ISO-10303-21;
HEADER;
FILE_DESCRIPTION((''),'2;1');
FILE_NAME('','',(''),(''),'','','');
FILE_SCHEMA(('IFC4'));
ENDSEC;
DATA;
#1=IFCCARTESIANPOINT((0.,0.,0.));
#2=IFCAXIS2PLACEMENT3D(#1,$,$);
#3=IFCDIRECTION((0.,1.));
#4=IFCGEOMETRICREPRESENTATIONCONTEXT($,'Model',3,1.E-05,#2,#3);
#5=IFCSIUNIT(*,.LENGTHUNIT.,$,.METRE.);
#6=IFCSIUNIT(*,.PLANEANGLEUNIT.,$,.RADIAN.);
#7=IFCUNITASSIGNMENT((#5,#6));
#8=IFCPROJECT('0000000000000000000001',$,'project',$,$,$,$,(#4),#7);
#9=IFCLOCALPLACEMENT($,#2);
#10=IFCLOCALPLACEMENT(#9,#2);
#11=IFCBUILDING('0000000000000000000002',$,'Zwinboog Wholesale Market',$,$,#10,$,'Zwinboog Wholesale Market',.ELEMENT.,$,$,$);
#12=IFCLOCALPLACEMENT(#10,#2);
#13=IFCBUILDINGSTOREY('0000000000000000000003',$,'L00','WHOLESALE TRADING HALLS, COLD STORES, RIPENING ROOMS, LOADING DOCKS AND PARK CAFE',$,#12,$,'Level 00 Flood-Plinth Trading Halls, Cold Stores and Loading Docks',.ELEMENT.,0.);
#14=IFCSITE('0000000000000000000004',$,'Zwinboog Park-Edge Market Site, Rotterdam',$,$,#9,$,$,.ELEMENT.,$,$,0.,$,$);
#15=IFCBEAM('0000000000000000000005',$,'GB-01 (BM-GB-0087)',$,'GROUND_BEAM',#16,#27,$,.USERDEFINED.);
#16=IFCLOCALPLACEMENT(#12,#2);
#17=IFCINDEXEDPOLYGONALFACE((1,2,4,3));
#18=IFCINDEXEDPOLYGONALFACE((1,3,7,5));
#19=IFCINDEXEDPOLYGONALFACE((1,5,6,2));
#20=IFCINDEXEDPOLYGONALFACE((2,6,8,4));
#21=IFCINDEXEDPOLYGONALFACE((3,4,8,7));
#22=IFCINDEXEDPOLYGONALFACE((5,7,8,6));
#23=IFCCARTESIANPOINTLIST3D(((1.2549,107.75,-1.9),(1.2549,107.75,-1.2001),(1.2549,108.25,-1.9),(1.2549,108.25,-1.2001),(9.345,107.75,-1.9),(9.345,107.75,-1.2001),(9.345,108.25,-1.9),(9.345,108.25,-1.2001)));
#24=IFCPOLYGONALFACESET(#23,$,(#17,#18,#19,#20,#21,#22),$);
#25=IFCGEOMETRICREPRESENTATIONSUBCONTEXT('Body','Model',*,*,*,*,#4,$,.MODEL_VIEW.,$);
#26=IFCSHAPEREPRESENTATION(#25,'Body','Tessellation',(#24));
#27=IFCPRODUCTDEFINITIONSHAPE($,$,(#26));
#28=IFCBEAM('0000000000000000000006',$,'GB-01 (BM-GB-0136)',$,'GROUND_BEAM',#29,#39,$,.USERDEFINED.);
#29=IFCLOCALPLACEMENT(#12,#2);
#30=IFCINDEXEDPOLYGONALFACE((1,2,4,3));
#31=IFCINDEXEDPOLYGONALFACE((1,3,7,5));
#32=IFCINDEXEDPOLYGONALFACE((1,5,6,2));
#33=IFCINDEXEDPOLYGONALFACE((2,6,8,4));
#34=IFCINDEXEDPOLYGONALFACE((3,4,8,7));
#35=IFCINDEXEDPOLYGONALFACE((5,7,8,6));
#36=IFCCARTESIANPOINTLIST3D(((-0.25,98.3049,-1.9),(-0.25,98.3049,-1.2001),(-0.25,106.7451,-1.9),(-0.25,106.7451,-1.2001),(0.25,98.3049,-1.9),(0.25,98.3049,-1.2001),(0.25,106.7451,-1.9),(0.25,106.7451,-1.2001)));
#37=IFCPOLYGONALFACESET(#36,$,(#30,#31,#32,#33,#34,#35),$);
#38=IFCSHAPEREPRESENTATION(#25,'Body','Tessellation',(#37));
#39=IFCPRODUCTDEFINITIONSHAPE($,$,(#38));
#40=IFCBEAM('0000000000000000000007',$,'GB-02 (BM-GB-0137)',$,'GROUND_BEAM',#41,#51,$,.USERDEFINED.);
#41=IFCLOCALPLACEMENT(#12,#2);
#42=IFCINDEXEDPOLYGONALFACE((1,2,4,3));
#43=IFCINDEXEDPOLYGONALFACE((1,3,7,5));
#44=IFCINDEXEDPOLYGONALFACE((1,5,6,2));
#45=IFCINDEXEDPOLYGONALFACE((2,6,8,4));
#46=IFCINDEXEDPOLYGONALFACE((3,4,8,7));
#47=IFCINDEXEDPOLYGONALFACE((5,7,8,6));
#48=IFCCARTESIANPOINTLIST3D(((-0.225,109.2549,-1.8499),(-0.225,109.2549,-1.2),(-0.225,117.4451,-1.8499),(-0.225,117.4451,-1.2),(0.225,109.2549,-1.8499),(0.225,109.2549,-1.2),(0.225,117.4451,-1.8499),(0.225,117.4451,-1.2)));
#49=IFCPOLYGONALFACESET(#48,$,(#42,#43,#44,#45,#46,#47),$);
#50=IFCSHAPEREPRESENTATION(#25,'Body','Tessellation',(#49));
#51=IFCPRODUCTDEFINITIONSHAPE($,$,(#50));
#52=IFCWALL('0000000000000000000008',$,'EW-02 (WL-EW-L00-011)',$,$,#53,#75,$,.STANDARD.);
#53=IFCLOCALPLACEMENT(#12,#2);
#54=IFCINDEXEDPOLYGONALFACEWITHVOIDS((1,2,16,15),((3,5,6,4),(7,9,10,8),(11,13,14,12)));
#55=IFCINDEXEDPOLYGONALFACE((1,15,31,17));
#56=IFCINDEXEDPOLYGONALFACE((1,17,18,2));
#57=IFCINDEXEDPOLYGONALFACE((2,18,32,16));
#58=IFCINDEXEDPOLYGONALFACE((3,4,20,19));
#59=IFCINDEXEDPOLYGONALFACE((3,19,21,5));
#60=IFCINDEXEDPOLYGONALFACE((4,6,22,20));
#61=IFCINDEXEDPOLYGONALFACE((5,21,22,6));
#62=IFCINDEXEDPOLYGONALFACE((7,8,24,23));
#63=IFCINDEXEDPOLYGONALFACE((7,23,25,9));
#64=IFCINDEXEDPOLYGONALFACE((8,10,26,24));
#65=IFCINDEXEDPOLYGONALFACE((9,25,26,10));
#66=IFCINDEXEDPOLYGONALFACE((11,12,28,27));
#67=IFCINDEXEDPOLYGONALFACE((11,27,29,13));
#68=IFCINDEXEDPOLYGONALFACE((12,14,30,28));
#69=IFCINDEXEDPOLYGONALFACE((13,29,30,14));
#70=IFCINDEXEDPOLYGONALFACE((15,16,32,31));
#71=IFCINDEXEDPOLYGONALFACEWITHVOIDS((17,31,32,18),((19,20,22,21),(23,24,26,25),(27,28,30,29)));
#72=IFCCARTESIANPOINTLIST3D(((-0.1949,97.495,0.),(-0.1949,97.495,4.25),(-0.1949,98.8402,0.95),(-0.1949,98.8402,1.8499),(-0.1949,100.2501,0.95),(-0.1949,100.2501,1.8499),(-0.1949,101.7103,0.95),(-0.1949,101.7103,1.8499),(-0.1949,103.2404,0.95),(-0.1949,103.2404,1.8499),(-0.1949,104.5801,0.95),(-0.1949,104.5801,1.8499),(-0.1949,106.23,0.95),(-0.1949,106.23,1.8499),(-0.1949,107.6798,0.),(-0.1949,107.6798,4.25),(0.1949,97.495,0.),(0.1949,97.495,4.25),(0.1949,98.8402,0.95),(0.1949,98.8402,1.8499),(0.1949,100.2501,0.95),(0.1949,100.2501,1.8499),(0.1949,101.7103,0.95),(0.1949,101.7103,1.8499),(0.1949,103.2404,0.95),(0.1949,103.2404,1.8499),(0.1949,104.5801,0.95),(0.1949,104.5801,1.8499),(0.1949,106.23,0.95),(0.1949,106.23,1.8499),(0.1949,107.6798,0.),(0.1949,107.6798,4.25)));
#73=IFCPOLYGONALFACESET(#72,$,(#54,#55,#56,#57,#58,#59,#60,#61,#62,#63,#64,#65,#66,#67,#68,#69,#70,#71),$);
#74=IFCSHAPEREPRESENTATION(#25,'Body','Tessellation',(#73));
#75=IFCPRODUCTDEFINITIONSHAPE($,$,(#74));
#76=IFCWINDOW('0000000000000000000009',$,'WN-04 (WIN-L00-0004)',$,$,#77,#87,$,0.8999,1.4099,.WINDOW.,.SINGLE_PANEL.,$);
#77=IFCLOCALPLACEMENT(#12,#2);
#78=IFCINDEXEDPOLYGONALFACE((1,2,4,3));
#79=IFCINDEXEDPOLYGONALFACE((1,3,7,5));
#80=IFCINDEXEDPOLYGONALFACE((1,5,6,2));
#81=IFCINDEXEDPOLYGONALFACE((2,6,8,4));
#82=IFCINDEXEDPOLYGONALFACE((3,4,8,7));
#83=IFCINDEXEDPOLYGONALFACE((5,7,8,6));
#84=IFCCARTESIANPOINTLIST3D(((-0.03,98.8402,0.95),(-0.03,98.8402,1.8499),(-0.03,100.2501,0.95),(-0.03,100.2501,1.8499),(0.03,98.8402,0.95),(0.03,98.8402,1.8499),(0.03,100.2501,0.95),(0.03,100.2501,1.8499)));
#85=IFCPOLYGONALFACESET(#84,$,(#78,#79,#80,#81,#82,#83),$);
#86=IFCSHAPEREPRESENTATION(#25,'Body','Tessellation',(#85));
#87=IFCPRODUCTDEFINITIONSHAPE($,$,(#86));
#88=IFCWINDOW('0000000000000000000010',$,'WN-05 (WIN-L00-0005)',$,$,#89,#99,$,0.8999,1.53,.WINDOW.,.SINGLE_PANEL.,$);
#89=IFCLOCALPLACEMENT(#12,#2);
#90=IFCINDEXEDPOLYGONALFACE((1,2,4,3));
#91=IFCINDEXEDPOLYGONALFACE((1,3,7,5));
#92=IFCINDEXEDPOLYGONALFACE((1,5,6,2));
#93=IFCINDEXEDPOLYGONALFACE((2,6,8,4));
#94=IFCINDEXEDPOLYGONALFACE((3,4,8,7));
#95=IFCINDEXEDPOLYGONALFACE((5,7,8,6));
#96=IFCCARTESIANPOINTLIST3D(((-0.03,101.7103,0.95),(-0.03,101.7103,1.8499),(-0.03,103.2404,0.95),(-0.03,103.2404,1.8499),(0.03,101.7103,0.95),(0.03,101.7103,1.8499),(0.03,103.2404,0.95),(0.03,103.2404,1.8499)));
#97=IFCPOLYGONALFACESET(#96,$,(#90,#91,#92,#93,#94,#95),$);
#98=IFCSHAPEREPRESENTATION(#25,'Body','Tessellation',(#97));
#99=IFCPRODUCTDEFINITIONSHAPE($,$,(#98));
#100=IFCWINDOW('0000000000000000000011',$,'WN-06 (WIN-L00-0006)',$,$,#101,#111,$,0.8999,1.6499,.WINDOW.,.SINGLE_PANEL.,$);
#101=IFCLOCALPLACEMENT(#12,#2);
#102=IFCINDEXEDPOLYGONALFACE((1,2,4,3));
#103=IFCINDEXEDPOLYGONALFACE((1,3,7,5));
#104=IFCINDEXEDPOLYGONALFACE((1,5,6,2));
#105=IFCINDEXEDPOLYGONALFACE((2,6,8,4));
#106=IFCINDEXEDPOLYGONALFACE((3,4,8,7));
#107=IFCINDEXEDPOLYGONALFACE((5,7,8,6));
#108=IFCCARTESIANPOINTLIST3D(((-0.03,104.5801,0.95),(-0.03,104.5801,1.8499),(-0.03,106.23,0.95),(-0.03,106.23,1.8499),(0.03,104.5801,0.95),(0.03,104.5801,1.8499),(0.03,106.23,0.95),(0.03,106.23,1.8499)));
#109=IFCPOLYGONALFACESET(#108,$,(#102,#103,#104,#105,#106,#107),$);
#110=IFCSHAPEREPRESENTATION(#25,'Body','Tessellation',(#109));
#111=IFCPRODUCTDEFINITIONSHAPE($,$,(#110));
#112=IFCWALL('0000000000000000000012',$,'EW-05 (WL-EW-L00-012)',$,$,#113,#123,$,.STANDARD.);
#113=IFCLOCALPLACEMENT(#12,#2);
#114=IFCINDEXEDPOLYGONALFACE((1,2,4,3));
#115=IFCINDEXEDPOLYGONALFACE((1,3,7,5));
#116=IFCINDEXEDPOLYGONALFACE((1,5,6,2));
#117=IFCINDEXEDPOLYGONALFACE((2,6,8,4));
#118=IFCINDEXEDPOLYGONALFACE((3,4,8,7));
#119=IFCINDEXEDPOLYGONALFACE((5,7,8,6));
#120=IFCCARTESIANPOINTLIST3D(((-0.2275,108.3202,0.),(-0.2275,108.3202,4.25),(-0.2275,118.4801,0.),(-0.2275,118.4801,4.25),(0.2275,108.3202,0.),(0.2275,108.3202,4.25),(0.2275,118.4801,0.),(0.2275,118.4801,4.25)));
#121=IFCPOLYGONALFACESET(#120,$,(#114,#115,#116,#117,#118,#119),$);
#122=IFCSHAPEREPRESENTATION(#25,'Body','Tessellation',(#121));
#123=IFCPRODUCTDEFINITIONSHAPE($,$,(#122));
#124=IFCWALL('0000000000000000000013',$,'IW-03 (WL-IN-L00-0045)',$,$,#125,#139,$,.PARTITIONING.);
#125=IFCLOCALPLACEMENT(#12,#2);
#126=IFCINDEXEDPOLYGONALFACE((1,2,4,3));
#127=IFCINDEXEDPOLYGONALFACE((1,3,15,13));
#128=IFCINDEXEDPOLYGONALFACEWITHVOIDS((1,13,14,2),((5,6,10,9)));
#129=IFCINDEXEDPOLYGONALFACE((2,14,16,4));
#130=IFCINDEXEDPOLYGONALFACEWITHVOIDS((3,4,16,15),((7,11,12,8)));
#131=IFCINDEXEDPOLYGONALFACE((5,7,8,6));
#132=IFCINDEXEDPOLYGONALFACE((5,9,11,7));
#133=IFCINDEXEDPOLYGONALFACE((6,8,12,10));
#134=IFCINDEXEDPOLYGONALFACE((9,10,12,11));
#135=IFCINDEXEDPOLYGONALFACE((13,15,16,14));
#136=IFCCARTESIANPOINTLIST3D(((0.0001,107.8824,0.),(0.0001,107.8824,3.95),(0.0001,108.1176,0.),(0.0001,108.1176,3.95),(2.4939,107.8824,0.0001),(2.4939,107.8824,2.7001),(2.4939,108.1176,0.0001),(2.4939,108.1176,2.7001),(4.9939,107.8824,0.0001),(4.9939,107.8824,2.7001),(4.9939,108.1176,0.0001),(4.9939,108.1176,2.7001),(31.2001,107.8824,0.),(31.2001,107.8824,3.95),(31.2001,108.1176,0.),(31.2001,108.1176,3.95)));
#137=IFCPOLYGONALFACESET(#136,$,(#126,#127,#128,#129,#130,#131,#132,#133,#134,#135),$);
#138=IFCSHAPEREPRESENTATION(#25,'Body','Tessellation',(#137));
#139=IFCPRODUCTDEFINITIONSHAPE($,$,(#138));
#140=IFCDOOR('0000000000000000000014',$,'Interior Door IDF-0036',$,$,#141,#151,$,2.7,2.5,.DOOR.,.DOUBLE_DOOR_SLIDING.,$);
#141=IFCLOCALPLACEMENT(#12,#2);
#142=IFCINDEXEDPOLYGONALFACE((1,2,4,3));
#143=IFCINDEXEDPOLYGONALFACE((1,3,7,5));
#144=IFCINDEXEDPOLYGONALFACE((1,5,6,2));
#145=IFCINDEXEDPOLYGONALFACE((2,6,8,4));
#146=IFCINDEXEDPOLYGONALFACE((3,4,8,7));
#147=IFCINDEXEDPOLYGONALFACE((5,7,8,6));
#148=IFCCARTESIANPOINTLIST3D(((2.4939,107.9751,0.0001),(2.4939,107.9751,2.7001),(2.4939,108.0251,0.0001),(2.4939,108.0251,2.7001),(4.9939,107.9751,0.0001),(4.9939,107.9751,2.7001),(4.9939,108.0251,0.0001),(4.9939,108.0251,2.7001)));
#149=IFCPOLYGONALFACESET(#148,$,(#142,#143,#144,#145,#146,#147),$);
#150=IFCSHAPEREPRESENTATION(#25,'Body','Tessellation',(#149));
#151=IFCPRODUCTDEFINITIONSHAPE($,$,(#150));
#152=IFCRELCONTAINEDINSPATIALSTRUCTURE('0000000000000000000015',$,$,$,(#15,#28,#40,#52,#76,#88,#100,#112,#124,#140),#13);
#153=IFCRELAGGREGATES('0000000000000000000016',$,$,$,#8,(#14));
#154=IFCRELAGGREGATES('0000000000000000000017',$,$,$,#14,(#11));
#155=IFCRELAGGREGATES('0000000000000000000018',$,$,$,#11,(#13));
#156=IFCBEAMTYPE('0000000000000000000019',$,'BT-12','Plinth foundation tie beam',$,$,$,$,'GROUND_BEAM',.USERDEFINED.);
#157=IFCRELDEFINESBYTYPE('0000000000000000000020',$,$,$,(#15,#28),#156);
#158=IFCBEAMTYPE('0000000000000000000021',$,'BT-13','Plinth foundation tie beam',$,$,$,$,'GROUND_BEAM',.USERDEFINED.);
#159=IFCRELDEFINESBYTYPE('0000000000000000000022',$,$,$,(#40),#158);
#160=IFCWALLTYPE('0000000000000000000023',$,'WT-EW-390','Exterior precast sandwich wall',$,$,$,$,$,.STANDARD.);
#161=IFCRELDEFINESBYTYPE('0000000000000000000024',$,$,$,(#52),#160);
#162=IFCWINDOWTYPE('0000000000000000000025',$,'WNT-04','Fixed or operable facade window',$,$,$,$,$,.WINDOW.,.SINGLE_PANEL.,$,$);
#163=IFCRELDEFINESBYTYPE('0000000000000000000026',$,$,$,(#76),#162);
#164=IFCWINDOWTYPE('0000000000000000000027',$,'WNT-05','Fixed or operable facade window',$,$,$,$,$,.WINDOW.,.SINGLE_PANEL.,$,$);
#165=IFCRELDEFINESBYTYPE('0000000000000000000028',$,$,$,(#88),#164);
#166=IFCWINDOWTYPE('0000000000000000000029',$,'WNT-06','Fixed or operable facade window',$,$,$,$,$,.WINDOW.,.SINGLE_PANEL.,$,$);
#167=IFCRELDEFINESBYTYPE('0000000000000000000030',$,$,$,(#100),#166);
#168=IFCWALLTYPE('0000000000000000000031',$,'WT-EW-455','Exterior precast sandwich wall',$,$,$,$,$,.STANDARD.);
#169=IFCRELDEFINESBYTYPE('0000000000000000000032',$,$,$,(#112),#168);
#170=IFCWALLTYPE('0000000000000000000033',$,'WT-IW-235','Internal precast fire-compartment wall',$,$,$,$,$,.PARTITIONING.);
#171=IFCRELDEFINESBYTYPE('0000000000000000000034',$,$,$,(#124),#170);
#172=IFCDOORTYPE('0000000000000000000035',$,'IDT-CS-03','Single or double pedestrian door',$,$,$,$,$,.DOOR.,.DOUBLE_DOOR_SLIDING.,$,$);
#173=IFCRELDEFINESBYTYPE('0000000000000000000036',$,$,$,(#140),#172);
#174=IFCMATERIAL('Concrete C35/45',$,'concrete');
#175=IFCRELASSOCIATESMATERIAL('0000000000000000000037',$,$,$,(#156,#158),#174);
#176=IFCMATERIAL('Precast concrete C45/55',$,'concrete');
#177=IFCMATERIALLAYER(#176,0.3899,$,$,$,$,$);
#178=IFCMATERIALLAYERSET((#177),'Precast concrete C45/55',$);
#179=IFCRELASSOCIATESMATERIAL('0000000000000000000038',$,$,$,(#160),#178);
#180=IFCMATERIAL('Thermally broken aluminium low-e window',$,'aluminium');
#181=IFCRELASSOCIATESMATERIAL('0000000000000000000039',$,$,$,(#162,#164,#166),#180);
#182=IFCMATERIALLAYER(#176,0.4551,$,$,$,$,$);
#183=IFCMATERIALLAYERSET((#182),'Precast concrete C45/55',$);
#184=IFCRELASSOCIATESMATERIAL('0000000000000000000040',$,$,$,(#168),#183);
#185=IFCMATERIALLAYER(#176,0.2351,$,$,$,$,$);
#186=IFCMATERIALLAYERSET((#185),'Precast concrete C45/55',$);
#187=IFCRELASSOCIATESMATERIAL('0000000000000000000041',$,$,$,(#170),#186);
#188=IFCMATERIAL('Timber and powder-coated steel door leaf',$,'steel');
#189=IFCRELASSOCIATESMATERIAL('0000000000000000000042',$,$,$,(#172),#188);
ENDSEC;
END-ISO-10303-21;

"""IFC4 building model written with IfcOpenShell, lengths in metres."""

from ifc_helpers import new_model, si_unit, direction, frame, frame_2d, origin, origin_2d, place, context, subcontext, project, spatial, rectangle, extrude, material, layer, layer_set, material_profile, profile_set, type_object, element, fill, save


model = new_model("IFC4")

# Units and contexts
model_context = context("Model", 3, precision=1e-05, world=origin(), true_north=direction((0.0, 1.0)))
body_context = subcontext(model_context, "Body", "Model", "MODEL_VIEW")
ifc_project = project(units=[si_unit("LENGTHUNIT", "METRE"), si_unit("PLANEANGLEUNIT", "RADIAN")], contexts=[model_context])

# Site, building, storey
site_placement = place(None, origin())
site = spatial("IfcSite", under=ifc_project, at=site_placement, Name="Zwinboog Park-Edge Market Site, Rotterdam", CompositionType="ELEMENT", RefElevation=0.0)
building_placement = place(site_placement, origin())
building = spatial("IfcBuilding", under=site, at=building_placement, Name="Zwinboog Wholesale Market", LongName="Zwinboog Wholesale Market", CompositionType="ELEMENT")
storey_placement = place(building_placement, origin())
storey = spatial("IfcBuildingStorey", under=building, at=storey_placement, Name="L00", Description="WHOLESALE TRADING HALLS, COLD STORES, RIPENING ROOMS, LOADING DOCKS AND PARK CAFE", LongName="Level 00 Flood-Plinth Trading Halls, Cold Stores and Loading Docks", CompositionType="ELEMENT", Elevation=0.0)

# Shared definitions
ifc_material_1 = material(Name="Concrete C35/45", Category="concrete")

# Shared definitions
ifc_material_2 = material(Name="Precast concrete C45/55", Category="concrete")

# Beams
ifc_material_profile_1 = material_profile(ifc_material_1, rectangle(XDim=0.5, YDim=0.7, at=origin_2d()), Name="RC 500x700")
ifc_profile_set_1 = profile_set([ifc_material_profile_1], Name="Concrete C35/45")
beam_type_1 = type_object("IfcBeamType", Name="BT-12", Description="Plinth foundation tie beam", ElementType="GROUND_BEAM", PredefinedType="USERDEFINED", material=ifc_profile_set_1)
beam_1_placement = place(storey_placement, frame((1.2549, 108.0, -1.55), z_axis=(1.0, 0.0, 0.0), x_axis=(0.0, 1.0, 0.0)))
element("IfcBeam", 1, at=beam_1_placement, inside=storey, type_object=beam_type_1, Name="GB-01 (BM-GB-0087)", ObjectType="GROUND_BEAM", PredefinedType="USERDEFINED", context=body_context, shape_type="SweptSolid", body=[
    extrude(rectangle(XDim=0.5, YDim=0.7, at=origin_2d()), origin(), (0.0, 0.0, 1.0), 8.0901),
])
beam_2_placement = place(storey_placement, frame((0.0, 98.3049, -1.55), z_axis=(0.0, 1.0, 0.0), x_axis=(-1.0, 0.0, 0.0)))
element("IfcBeam", 2, at=beam_2_placement, inside=storey, type_object=beam_type_1, Name="GB-01 (BM-GB-0136)", ObjectType="GROUND_BEAM", PredefinedType="USERDEFINED", context=body_context, shape_type="SweptSolid", body=[
    extrude(rectangle(XDim=0.5, YDim=0.7, at=origin_2d()), origin(), (0.0, 0.0, 1.0), 8.4402),
])
ifc_material_profile_2 = material_profile(ifc_material_1, rectangle(XDim=0.45, YDim=0.6499, at=origin_2d()), Name="RC 450x650")
ifc_profile_set_2 = profile_set([ifc_material_profile_2], Name="Concrete C35/45")
beam_type_2 = type_object("IfcBeamType", Name="BT-13", Description="Plinth foundation tie beam", ElementType="GROUND_BEAM", PredefinedType="USERDEFINED", material=ifc_profile_set_2)
beam_3_placement = place(storey_placement, frame((0.0, 109.2549, -1.5249), z_axis=(0.0, 1.0, 0.0), x_axis=(-1.0, 0.0, 0.0)))
element("IfcBeam", 3, at=beam_3_placement, inside=storey, type_object=beam_type_2, Name="GB-02 (BM-GB-0137)", ObjectType="GROUND_BEAM", PredefinedType="USERDEFINED", context=body_context, shape_type="SweptSolid", body=[
    extrude(rectangle(XDim=0.45, YDim=0.6499, at=origin_2d()), origin(), (0.0, 0.0, 1.0), 8.1902),
])

# Wall, openings, windows
ifc_layer_1 = layer(ifc_material_2, 0.3899)
ifc_layer_set_1 = layer_set([ifc_layer_1], Name="Precast concrete C45/55")
wall_type_1 = type_object("IfcWallType", Name="WT-EW-390", Description="Exterior precast sandwich wall", PredefinedType="STANDARD", material=ifc_layer_set_1)
wall_1_placement = place(storey_placement, frame((0.0, 97.4951, 0.0), z_axis=(0.0, 0.0, 1.0), x_axis=(0.0, 1.0, 0.0)))
wall_1 = element("IfcWall", 4, at=wall_1_placement, inside=storey, type_object=wall_type_1, Name="EW-02 (WL-EW-L00-011)", PredefinedType="STANDARD", context=body_context, shape_type="SweptSolid", body=[
    extrude(rectangle(XDim=10.1848, YDim=0.3899, at=frame_2d((5.0923, 0.0))), origin(), (0.0, 0.0, 1.0), 4.25),
])
opening_1_placement = place(wall_1_placement, frame((1.345, 0.0, 0.95)))
opening_1 = element("IfcOpeningElement", 5, at=opening_1_placement, cuts=wall_1, PredefinedType="OPENING", context=body_context, shape_type="SweptSolid", body=[
    extrude(rectangle(XDim=1.4099, YDim=0.8999, at=frame_2d((0.7051, 0.45))), frame((0.0, 0.2048, 0.0), z_axis=(0.0, -1.0, 0.0), x_axis=(1.0, 0.0, 0.0)), (0.0, 0.0, 1.0), 0.4099),
])
opening_2_placement = place(wall_1_placement, frame((4.2151, 0.0, 0.95)))
opening_2 = element("IfcOpeningElement", 6, at=opening_2_placement, cuts=wall_1, PredefinedType="OPENING", context=body_context, shape_type="SweptSolid", body=[
    extrude(rectangle(XDim=1.53, YDim=0.8999, at=frame_2d((0.7651, 0.45))), frame((0.0, 0.2048, 0.0), z_axis=(0.0, -1.0, 0.0), x_axis=(1.0, 0.0, 0.0)), (0.0, 0.0, 1.0), 0.4099),
])
opening_3_placement = place(wall_1_placement, frame((7.085, 0.0, 0.95)))
opening_3 = element("IfcOpeningElement", 7, at=opening_3_placement, cuts=wall_1, PredefinedType="OPENING", context=body_context, shape_type="SweptSolid", body=[
    extrude(rectangle(XDim=1.6499, YDim=0.8999, at=frame_2d((0.825, 0.45))), frame((0.0, 0.2048, 0.0), z_axis=(0.0, -1.0, 0.0), x_axis=(1.0, 0.0, 0.0)), (0.0, 0.0, 1.0), 0.4099),
])
ifc_material_3 = material(Name="Thermally broken aluminium low-e window", Category="aluminium")
window_type_1 = type_object("IfcWindowType", Name="WNT-04", Description="Fixed or operable facade window", PartitioningType="SINGLE_PANEL", PredefinedType="WINDOW", material=ifc_material_3)
window_1_placement = place(opening_1_placement, origin())
window_1 = element("IfcWindow", 8, at=window_1_placement, inside=storey, type_object=window_type_1, Name="WN-04 (WIN-L00-0004)", OverallHeight=0.8999, OverallWidth=1.4099, PartitioningType="SINGLE_PANEL", PredefinedType="WINDOW", context=body_context, shape_type="SweptSolid", body=[
    extrude(rectangle(XDim=1.4099, YDim=0.8999, at=frame_2d((0.7051, 0.45))), frame((0.0, 0.03, 0.0), z_axis=(0.0, -1.0, 0.0), x_axis=(1.0, 0.0, 0.0)), (0.0, 0.0, 1.0), 0.0601),
])
fill(opening_1, window_1)
window_type_2 = type_object("IfcWindowType", Name="WNT-05", Description="Fixed or operable facade window", PartitioningType="SINGLE_PANEL", PredefinedType="WINDOW", material=ifc_material_3)
window_2_placement = place(opening_2_placement, origin())
window_2 = element("IfcWindow", 9, at=window_2_placement, inside=storey, type_object=window_type_2, Name="WN-05 (WIN-L00-0005)", OverallHeight=0.8999, OverallWidth=1.53, PartitioningType="SINGLE_PANEL", PredefinedType="WINDOW", context=body_context, shape_type="SweptSolid", body=[
    extrude(rectangle(XDim=1.53, YDim=0.8999, at=frame_2d((0.7651, 0.45))), frame((0.0, 0.03, 0.0), z_axis=(0.0, -1.0, 0.0), x_axis=(1.0, 0.0, 0.0)), (0.0, 0.0, 1.0), 0.0601),
])
fill(opening_2, window_2)
window_type_3 = type_object("IfcWindowType", Name="WNT-06", Description="Fixed or operable facade window", PartitioningType="SINGLE_PANEL", PredefinedType="WINDOW", material=ifc_material_3)
window_3_placement = place(opening_3_placement, origin())
window_3 = element("IfcWindow", 10, at=window_3_placement, inside=storey, type_object=window_type_3, Name="WN-06 (WIN-L00-0006)", OverallHeight=0.8999, OverallWidth=1.6499, PartitioningType="SINGLE_PANEL", PredefinedType="WINDOW", context=body_context, shape_type="SweptSolid", body=[
    extrude(rectangle(XDim=1.6499, YDim=0.8999, at=frame_2d((0.825, 0.45))), frame((0.0, 0.03, 0.0), z_axis=(0.0, -1.0, 0.0), x_axis=(1.0, 0.0, 0.0)), (0.0, 0.0, 1.0), 0.0601),
])
fill(opening_3, window_3)

# Wall
ifc_layer_2 = layer(ifc_material_2, 0.4551)
ifc_layer_set_2 = layer_set([ifc_layer_2], Name="Precast concrete C45/55")
wall_type_2 = type_object("IfcWallType", Name="WT-EW-455", Description="Exterior precast sandwich wall", PredefinedType="STANDARD", material=ifc_layer_set_2)
wall_2_placement = place(storey_placement, frame((0.0, 108.3201, 0.0), z_axis=(0.0, 0.0, 1.0), x_axis=(0.0, 1.0, 0.0)))
element("IfcWall", 11, at=wall_2_placement, inside=storey, type_object=wall_type_2, Name="EW-05 (WL-EW-L00-012)", PredefinedType="STANDARD", context=body_context, shape_type="SweptSolid", body=[
    extrude(rectangle(XDim=10.1599, YDim=0.4551, at=frame_2d((5.0801, 0.0))), origin(), (0.0, 0.0, 1.0), 4.25),
])

# Wall, opening, door
ifc_layer_3 = layer(ifc_material_2, 0.2351)
ifc_layer_set_3 = layer_set([ifc_layer_3], Name="Precast concrete C45/55")
wall_type_3 = type_object("IfcWallType", Name="WT-IW-235", Description="Internal precast fire-compartment wall", PredefinedType="PARTITIONING", material=ifc_layer_set_3)
wall_3_placement = place(storey_placement, frame((0.0, 108.0, 0.0), z_axis=(0.0, 0.0, 1.0), x_axis=(1.0, 0.0, 0.0)))
wall_3 = element("IfcWall", 12, at=wall_3_placement, inside=storey, type_object=wall_type_3, Name="IW-03 (WL-IN-L00-0045)", PredefinedType="PARTITIONING", context=body_context, shape_type="SweptSolid", body=[
    extrude(rectangle(XDim=31.2, YDim=0.2351, at=frame_2d((15.6001, 0.0))), origin(), (0.0, 0.0, 1.0), 3.95),
])
opening_4_placement = place(wall_3_placement, frame((2.4939, 0.0, 0.0)))
opening_4 = element("IfcOpeningElement", 13, at=opening_4_placement, cuts=wall_3, PredefinedType="OPENING", context=body_context, shape_type="SweptSolid", body=[
    extrude(rectangle(XDim=2.5, YDim=2.7, at=frame_2d((1.25, 1.3501))), frame((0.0, 0.1274, 0.0), z_axis=(0.0, -1.0, 0.0), x_axis=(1.0, 0.0, 0.0)), (0.0, 0.0, 1.0), 0.2551),
])
ifc_material_4 = material(Name="Timber and powder-coated steel door leaf", Category="steel")
door_type = type_object("IfcDoorType", Name="IDT-CS-03", Description="Single or double pedestrian door", OperationType="DOUBLE_DOOR_SLIDING", PredefinedType="DOOR", material=ifc_material_4)
door_placement = place(opening_4_placement, frame((2.5, 0.0, 0.0), z_axis=(0.0, 0.0, 1.0), x_axis=(-1.0, 0.0, 0.0)))
door = element("IfcDoor", 14, at=door_placement, inside=storey, type_object=door_type, Name="Interior Door IDF-0036", OperationType="DOUBLE_DOOR_SLIDING", OverallHeight=2.7, OverallWidth=2.5, PredefinedType="DOOR", context=body_context, shape_type="SweptSolid", body=[
    extrude(rectangle(XDim=2.5, YDim=2.7, at=frame_2d((1.25, 1.3501))), frame((0.0, 0.0249, 0.0), z_axis=(0.0, -1.0, 0.0), x_axis=(1.0, 0.0, 0.0)), (0.0, 0.0, 1.0), 0.05),
])
fill(opening_4, door)

save(model, "model.ifc")
